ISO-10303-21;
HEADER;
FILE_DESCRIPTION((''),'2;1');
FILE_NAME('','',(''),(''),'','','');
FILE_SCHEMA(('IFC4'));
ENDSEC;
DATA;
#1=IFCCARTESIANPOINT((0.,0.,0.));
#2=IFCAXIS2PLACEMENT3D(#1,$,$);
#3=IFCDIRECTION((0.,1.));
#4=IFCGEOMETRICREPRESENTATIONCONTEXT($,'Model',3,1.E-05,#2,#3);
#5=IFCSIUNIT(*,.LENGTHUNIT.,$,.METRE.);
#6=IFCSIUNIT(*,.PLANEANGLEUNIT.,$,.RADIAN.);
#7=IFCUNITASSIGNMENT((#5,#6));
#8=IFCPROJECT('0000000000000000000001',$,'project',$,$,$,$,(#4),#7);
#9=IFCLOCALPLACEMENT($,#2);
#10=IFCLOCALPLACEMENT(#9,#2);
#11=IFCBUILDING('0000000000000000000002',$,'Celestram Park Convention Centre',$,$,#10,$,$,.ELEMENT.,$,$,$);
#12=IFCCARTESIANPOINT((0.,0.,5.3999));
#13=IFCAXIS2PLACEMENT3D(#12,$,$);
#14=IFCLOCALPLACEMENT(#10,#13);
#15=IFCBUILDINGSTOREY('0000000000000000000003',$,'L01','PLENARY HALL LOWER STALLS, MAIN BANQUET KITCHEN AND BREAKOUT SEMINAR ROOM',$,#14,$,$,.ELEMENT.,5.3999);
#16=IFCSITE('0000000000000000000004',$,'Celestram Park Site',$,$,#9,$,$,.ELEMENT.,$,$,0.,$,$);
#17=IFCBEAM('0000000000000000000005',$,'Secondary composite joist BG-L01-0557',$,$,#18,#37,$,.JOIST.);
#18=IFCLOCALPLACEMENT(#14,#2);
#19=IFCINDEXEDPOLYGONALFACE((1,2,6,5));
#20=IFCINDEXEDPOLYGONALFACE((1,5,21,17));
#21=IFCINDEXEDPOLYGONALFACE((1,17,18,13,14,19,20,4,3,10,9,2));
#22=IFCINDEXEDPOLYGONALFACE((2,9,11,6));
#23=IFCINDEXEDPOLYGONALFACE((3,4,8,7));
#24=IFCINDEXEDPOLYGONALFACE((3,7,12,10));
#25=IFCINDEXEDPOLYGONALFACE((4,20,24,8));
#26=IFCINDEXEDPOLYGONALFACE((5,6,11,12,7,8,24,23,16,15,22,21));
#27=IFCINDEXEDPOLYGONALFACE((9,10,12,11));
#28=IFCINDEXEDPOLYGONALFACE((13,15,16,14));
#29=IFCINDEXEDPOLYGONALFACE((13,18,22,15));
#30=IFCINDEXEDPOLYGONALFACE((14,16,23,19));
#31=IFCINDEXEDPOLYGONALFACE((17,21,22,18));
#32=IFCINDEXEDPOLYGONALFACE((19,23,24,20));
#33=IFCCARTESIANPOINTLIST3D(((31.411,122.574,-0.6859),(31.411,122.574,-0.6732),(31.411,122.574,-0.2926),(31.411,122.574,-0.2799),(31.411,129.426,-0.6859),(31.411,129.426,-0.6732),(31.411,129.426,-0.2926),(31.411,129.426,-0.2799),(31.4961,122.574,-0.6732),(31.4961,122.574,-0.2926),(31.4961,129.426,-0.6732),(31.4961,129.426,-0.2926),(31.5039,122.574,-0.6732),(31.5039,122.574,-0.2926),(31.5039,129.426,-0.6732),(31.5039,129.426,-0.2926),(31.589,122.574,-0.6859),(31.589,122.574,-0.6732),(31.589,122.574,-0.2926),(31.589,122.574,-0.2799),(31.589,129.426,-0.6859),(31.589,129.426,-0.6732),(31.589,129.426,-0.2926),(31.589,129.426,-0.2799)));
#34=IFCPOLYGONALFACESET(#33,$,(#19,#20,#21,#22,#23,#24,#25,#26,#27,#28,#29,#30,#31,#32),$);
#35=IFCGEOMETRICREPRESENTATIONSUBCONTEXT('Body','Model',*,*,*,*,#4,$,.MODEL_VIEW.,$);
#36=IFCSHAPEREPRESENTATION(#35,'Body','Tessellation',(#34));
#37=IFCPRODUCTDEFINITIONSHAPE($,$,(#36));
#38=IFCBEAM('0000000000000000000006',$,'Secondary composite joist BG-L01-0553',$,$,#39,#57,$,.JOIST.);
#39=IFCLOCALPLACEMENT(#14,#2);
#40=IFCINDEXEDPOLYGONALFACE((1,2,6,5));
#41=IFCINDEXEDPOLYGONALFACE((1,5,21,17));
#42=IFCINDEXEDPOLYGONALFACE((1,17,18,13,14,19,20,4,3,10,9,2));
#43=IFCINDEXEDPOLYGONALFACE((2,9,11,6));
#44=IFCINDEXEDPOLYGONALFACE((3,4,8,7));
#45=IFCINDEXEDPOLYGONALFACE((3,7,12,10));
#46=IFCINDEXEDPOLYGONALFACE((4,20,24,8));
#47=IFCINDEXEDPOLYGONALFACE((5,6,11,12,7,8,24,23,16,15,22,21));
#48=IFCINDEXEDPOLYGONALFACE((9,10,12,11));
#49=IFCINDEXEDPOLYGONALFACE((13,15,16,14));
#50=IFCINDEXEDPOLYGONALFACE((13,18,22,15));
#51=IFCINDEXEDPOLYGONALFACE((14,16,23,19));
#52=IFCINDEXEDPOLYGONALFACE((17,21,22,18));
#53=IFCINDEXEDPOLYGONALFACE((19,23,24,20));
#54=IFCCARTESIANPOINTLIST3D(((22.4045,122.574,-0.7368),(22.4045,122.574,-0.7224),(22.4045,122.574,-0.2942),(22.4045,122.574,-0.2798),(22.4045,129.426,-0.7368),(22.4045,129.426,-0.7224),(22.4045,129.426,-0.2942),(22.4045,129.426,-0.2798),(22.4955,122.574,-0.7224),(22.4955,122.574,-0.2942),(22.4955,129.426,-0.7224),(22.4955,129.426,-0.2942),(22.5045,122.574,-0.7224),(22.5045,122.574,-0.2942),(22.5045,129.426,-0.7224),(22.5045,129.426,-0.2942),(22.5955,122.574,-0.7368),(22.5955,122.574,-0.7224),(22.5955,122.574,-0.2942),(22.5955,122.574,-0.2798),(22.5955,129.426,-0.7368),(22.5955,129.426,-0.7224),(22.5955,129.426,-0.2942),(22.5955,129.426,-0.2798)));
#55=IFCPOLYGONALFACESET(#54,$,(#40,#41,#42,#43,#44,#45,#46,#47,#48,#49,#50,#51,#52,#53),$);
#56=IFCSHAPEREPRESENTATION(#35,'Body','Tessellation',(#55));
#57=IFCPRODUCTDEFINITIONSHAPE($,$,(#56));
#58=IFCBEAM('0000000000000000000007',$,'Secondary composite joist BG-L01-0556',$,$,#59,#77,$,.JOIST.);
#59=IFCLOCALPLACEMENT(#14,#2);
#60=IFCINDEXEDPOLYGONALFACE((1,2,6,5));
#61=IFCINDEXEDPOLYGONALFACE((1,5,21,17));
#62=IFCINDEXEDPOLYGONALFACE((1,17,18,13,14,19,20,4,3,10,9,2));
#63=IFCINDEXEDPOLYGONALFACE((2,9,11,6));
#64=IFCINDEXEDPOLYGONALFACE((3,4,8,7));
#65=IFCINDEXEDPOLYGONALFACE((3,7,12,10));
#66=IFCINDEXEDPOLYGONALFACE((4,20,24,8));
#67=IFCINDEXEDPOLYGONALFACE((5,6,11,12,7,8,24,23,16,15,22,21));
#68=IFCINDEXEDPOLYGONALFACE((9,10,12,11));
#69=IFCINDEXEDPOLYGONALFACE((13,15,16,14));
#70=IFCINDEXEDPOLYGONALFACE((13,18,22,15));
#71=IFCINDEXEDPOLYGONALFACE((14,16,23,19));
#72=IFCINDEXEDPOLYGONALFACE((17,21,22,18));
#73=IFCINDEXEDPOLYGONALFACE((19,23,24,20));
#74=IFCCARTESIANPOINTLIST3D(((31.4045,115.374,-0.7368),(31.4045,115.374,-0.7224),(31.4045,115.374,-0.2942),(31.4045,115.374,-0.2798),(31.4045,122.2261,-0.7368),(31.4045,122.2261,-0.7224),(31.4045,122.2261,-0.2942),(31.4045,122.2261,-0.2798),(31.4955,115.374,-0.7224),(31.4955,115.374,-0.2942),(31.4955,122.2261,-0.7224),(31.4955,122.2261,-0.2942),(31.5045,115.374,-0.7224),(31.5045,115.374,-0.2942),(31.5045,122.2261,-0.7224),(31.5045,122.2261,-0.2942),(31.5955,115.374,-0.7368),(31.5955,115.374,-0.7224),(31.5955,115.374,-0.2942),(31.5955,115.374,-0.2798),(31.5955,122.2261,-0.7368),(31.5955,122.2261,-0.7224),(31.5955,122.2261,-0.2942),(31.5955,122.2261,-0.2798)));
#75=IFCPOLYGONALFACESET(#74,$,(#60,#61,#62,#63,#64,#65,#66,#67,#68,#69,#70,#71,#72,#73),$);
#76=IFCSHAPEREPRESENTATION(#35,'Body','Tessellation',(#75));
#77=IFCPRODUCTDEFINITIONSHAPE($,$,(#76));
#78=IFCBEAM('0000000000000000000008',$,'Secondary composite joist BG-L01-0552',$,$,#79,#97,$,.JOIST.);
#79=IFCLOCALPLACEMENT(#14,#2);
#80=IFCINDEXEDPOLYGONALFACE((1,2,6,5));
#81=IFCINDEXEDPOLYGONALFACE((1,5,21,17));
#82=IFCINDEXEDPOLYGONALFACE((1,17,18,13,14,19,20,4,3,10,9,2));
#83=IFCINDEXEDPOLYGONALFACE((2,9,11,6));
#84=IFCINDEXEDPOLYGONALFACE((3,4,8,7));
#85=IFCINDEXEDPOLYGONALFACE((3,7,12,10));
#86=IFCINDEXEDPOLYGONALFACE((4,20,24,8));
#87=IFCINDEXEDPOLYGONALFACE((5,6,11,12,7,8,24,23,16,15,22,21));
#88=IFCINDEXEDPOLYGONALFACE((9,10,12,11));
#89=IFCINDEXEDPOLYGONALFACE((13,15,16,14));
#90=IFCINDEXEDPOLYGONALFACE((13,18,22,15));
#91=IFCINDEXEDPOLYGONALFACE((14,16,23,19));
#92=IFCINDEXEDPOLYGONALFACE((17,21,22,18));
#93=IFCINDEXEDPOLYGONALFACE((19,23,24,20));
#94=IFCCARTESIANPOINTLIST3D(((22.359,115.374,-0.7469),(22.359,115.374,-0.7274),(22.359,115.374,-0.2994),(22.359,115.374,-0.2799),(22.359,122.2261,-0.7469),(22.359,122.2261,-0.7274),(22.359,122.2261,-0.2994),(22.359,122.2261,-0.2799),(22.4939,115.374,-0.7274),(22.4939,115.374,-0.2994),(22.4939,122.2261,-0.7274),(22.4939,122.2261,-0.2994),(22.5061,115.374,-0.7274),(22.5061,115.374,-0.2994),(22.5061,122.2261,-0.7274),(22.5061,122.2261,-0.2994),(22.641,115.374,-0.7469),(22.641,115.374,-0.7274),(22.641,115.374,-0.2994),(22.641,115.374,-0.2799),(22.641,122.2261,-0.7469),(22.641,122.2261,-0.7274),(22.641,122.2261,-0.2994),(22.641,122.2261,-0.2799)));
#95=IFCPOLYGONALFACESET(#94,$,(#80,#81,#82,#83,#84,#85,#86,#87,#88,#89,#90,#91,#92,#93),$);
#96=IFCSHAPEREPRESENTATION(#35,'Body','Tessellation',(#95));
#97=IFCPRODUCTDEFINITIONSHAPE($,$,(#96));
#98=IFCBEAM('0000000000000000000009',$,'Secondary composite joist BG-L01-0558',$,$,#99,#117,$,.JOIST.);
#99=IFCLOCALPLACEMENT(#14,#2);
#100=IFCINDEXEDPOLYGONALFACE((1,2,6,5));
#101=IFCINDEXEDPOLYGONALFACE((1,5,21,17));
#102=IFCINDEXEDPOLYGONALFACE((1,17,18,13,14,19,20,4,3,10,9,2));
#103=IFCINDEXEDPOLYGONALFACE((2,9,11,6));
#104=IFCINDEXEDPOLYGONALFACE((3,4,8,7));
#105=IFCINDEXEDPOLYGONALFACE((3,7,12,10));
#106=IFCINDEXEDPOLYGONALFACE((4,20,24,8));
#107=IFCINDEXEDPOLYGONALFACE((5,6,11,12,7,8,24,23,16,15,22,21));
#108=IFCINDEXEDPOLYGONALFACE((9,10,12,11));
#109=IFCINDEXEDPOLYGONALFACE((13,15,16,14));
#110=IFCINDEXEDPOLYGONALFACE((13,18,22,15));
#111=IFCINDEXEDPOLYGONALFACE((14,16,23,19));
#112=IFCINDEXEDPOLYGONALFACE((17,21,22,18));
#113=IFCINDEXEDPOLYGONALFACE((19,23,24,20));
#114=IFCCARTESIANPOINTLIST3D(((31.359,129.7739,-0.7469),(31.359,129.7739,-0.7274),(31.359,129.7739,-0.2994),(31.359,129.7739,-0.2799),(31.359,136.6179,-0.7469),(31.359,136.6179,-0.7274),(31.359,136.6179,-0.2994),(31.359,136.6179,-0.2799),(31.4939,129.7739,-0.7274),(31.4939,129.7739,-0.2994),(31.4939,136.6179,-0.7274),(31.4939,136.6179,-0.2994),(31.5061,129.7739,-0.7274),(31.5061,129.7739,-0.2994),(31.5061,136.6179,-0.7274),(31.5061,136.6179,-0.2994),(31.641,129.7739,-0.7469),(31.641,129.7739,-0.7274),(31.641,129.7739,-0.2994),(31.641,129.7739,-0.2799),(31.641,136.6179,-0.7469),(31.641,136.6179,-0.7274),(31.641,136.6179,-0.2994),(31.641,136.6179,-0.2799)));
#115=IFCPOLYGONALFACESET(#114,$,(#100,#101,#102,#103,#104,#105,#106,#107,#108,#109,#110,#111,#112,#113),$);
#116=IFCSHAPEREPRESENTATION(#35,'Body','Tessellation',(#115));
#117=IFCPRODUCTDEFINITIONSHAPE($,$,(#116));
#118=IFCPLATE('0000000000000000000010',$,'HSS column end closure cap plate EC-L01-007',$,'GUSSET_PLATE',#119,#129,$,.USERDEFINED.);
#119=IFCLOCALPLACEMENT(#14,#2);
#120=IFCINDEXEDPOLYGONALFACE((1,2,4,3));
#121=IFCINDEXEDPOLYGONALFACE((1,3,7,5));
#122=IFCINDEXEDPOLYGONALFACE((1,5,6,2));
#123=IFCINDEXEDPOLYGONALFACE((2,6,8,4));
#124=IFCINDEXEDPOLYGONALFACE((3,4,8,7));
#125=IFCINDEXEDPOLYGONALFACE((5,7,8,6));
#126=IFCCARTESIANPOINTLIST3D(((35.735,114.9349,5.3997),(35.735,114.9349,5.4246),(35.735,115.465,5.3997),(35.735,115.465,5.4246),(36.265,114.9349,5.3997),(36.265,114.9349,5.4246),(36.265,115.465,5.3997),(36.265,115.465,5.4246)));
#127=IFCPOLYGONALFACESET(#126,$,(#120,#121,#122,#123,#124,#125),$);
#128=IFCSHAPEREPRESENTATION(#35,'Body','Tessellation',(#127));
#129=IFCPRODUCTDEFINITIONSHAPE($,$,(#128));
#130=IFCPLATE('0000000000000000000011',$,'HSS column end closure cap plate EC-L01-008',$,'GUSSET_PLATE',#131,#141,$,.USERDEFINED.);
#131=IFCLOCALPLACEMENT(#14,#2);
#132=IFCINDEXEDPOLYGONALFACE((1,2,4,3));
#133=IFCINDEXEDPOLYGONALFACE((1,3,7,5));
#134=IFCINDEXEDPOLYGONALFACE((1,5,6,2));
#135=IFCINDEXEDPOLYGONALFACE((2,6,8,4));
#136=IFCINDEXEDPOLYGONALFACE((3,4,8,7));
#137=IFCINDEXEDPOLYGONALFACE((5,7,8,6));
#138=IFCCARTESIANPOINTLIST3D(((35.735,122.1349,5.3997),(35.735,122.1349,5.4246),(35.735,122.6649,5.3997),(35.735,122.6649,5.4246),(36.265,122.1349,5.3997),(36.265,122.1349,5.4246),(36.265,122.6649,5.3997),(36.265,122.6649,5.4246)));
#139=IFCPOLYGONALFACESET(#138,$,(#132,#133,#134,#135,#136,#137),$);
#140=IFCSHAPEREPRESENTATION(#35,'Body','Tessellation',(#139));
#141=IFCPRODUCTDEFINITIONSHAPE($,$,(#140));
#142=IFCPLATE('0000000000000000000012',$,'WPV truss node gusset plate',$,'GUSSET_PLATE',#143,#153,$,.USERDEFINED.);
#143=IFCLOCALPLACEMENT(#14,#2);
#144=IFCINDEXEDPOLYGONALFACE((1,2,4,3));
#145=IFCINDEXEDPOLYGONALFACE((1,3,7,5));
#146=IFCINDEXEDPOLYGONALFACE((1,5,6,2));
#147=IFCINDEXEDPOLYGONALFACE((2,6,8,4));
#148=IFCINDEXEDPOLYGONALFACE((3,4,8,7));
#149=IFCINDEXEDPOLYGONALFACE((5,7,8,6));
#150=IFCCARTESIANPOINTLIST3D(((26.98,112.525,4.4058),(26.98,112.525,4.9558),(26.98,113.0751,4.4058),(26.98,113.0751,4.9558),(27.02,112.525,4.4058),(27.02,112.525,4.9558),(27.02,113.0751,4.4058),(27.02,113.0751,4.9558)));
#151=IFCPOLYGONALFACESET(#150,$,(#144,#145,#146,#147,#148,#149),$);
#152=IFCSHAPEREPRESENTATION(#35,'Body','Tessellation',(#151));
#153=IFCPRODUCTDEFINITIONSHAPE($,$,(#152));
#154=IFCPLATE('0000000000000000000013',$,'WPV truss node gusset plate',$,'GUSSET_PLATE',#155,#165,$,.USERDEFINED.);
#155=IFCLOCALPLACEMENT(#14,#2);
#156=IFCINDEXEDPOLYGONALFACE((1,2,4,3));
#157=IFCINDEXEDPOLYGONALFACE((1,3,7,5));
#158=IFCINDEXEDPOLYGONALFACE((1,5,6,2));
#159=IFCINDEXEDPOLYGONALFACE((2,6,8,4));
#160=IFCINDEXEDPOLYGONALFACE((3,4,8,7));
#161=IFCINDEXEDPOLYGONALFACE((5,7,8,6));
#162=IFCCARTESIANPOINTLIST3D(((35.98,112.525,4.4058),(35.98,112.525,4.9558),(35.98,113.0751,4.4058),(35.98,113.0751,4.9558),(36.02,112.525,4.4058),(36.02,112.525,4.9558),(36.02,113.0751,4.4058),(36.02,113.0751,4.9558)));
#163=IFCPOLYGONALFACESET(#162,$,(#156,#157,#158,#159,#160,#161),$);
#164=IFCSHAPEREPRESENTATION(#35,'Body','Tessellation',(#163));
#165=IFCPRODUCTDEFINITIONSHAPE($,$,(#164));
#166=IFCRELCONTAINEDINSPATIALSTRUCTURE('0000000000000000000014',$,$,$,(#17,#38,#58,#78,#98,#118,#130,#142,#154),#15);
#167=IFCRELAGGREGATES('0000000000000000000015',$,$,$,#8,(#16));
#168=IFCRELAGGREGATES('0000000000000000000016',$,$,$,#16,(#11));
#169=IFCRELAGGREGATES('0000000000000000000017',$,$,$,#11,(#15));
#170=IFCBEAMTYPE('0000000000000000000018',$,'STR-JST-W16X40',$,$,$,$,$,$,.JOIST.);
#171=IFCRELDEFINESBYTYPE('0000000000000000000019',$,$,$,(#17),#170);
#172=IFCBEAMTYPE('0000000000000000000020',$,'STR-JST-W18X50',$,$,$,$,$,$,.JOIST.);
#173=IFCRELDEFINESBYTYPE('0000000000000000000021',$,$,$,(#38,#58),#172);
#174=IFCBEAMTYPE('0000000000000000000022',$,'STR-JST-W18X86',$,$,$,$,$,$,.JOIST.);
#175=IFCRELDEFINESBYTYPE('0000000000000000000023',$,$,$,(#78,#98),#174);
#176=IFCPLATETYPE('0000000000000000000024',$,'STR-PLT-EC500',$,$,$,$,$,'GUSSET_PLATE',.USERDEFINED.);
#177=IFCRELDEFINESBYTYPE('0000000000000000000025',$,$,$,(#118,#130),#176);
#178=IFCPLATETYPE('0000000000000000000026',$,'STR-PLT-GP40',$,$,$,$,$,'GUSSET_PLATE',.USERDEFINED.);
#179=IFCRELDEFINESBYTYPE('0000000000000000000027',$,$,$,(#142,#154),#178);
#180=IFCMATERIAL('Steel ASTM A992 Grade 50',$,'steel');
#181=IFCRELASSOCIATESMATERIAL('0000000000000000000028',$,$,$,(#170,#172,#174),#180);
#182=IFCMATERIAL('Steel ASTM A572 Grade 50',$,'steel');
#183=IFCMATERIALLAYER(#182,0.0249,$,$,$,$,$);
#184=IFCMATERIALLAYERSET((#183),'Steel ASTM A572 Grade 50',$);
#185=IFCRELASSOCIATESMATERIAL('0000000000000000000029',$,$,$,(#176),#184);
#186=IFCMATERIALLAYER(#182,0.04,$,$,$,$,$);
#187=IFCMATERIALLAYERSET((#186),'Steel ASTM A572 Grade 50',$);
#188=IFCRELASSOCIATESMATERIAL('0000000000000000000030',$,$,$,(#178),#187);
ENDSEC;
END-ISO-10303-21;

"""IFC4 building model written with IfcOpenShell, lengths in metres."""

from ifc_helpers import new_model, si_unit, direction, frame, origin, origin_2d, place, context, subcontext, project, spatial, rectangle, i_section, extrude, material, layer, layer_set, material_profile, profile_set, type_object, element, save


model = new_model("IFC4")

# Units and contexts
model_context = context("Model", 3, precision=1e-05, world=origin(), true_north=direction((0.0, 1.0)))
body_context = subcontext(model_context, "Body", "Model", "MODEL_VIEW")
ifc_project = project(units=[si_unit("LENGTHUNIT", "METRE"), si_unit("PLANEANGLEUNIT", "RADIAN")], contexts=[model_context])

# Site, building, storey
site_placement = place(None, origin())
site = spatial("IfcSite", under=ifc_project, at=site_placement, Name="Celestram Park Site", CompositionType="ELEMENT", RefElevation=0.0)
building_placement = place(site_placement, origin())
building = spatial("IfcBuilding", under=site, at=building_placement, Name="Celestram Park Convention Centre", CompositionType="ELEMENT")
storey_placement = place(building_placement, frame((0.0, 0.0, 5.3999)))
storey = spatial("IfcBuildingStorey", under=building, at=storey_placement, Name="L01", Description="PLENARY HALL LOWER STALLS, MAIN BANQUET KITCHEN AND BREAKOUT SEMINAR ROOM", CompositionType="ELEMENT", Elevation=5.3999)

# Shared definitions
ifc_material_1 = material(Name="Steel ASTM A992 Grade 50", Category="steel")

# Beams
ifc_material_profile_1 = material_profile(ifc_material_1, i_section(OverallWidth=0.178, OverallDepth=0.406, WebThickness=0.0078, FlangeThickness=0.0127, at=origin_2d()), Name="W16X40")
ifc_profile_set_1 = profile_set([ifc_material_profile_1], Name="Steel ASTM A992 Grade 50")
beam_type_1 = type_object("IfcBeamType", Name="STR-JST-W16X40", PredefinedType="JOIST", material=ifc_profile_set_1)
beam_1_placement = place(storey_placement, frame((31.5, 122.574, -0.4829), z_axis=(0.0, 1.0, 0.0), x_axis=(-1.0, 0.0, 0.0)))
element("IfcBeam", 1, at=beam_1_placement, inside=storey, type_object=beam_type_1, Name="Secondary composite joist BG-L01-0557", PredefinedType="JOIST", context=body_context, shape_type="SweptSolid", body=[
    extrude(i_section(OverallWidth=0.178, OverallDepth=0.406, WebThickness=0.0078, FlangeThickness=0.0127, at=origin_2d()), origin(), (0.0, 0.0, 1.0), 6.8521),
])
ifc_material_profile_2 = material_profile(ifc_material_1, i_section(OverallWidth=0.1909, OverallDepth=0.457, WebThickness=0.009, FlangeThickness=0.0144, at=origin_2d()), Name="W18X50")
ifc_profile_set_2 = profile_set([ifc_material_profile_2], Name="Steel ASTM A992 Grade 50")
beam_type_2 = type_object("IfcBeamType", Name="STR-JST-W18X50", PredefinedType="JOIST", material=ifc_profile_set_2)
for number, where, z_axis, x_axis, name in (
    (2, (22.5, 122.574, -0.5083), (0.0, 1.0, 0.0), (-1.0, 0.0, 0.0), "Secondary composite joist BG-L01-0553"),
    (3, (31.5, 115.374, -0.5083), (0.0, 1.0, 0.0), (-1.0, 0.0, 0.0), "Secondary composite joist BG-L01-0556"),
):
    element("IfcBeam", number, at=place(storey_placement, frame(where, z_axis=z_axis, x_axis=x_axis)), inside=storey, type_object=beam_type_2, Name=name, PredefinedType="JOIST", context=body_context, shape_type="SweptSolid", body=[
        extrude(i_section(OverallWidth=0.1909, OverallDepth=0.457, WebThickness=0.009, FlangeThickness=0.0144, at=origin_2d()), origin(), (0.0, 0.0, 1.0), 6.8521),
    ])
ifc_material_profile_3 = material_profile(ifc_material_1, i_section(OverallWidth=0.282, OverallDepth=0.467, WebThickness=0.0122, FlangeThickness=0.0195, at=origin_2d()), Name="W18X86")
ifc_profile_set_3 = profile_set([ifc_material_profile_3], Name="Steel ASTM A992 Grade 50")
beam_type_3 = type_object("IfcBeamType", Name="STR-JST-W18X86", PredefinedType="JOIST", material=ifc_profile_set_3)
beam_2_placement = place(storey_placement, frame((22.5, 115.374, -0.5134), z_axis=(0.0, 1.0, 0.0), x_axis=(-1.0, 0.0, 0.0)))
element("IfcBeam", 4, at=beam_2_placement, inside=storey, type_object=beam_type_3, Name="Secondary composite joist BG-L01-0552", PredefinedType="JOIST", context=body_context, shape_type="SweptSolid", body=[
    extrude(i_section(OverallWidth=0.282, OverallDepth=0.467, WebThickness=0.0122, FlangeThickness=0.0195, at=origin_2d()), origin(), (0.0, 0.0, 1.0), 6.8521),
])
beam_3_placement = place(storey_placement, frame((31.5, 129.7739, -0.5134), z_axis=(0.0, 1.0, 0.0), x_axis=(-1.0, 0.0, 0.0)))
element("IfcBeam", 5, at=beam_3_placement, inside=storey, type_object=beam_type_3, Name="Secondary composite joist BG-L01-0558", PredefinedType="JOIST", context=body_context, shape_type="SweptSolid", body=[
    extrude(i_section(OverallWidth=0.282, OverallDepth=0.467, WebThickness=0.0122, FlangeThickness=0.0195, at=origin_2d()), origin(), (0.0, 0.0, 1.0), 6.844),
])

# Plates
ifc_material_2 = material(Name="Steel ASTM A572 Grade 50", Category="steel")
ifc_layer_1 = layer(ifc_material_2, 0.0249)
ifc_layer_set_1 = layer_set([ifc_layer_1], Name="Steel ASTM A572 Grade 50")
plate_type_1 = type_object("IfcPlateType", Name="STR-PLT-EC500", ElementType="GUSSET_PLATE", PredefinedType="USERDEFINED", material=ifc_layer_set_1)
for number, where, z_axis, x_axis, name in (
    (6, (36.0, 115.2, 5.3997), (0.0, 0.0, 1.0), (1.0, 0.0, 0.0), "HSS column end closure cap plate EC-L01-007"),
    (7, (36.0, 122.3999, 5.3997), (0.0, 0.0, 1.0), (1.0, 0.0, 0.0), "HSS column end closure cap plate EC-L01-008"),
):
    element("IfcPlate", number, at=place(storey_placement, frame(where, z_axis=z_axis, x_axis=x_axis)), inside=storey, type_object=plate_type_1, Name=name, ObjectType="GUSSET_PLATE", PredefinedType="USERDEFINED", context=body_context, shape_type="SweptSolid", body=[
        extrude(rectangle(XDim=0.53, YDim=0.53, at=origin_2d()), origin(), (0.0, 0.0, 1.0), 0.0249),
    ])
ifc_layer_2 = layer(ifc_material_2, 0.04)
ifc_layer_set_2 = layer_set([ifc_layer_2], Name="Steel ASTM A572 Grade 50")
plate_type_2 = type_object("IfcPlateType", Name="STR-PLT-GP40", ElementType="GUSSET_PLATE", PredefinedType="USERDEFINED", material=ifc_layer_set_2)
for number, where, z_axis, x_axis, name in (
    (8, (27.0, 112.8, 4.4058), (0.0, 0.0, 1.0), (0.0, 1.0, 0.0), "WPV truss node gusset plate"),
    (9, (36.0, 112.8, 4.4058), (0.0, 0.0, 1.0), (0.0, 1.0, 0.0), "WPV truss node gusset plate"),
):
    element("IfcPlate", number, at=place(storey_placement, frame(where, z_axis=z_axis, x_axis=x_axis)), inside=storey, type_object=plate_type_2, Name=name, ObjectType="GUSSET_PLATE", PredefinedType="USERDEFINED", context=body_context, shape_type="SweptSolid", body=[
        extrude(rectangle(XDim=0.55, YDim=0.04, at=origin_2d()), origin(), (0.0, 0.0, 1.0), 0.55),
    ])

save(model, "model.ifc")
